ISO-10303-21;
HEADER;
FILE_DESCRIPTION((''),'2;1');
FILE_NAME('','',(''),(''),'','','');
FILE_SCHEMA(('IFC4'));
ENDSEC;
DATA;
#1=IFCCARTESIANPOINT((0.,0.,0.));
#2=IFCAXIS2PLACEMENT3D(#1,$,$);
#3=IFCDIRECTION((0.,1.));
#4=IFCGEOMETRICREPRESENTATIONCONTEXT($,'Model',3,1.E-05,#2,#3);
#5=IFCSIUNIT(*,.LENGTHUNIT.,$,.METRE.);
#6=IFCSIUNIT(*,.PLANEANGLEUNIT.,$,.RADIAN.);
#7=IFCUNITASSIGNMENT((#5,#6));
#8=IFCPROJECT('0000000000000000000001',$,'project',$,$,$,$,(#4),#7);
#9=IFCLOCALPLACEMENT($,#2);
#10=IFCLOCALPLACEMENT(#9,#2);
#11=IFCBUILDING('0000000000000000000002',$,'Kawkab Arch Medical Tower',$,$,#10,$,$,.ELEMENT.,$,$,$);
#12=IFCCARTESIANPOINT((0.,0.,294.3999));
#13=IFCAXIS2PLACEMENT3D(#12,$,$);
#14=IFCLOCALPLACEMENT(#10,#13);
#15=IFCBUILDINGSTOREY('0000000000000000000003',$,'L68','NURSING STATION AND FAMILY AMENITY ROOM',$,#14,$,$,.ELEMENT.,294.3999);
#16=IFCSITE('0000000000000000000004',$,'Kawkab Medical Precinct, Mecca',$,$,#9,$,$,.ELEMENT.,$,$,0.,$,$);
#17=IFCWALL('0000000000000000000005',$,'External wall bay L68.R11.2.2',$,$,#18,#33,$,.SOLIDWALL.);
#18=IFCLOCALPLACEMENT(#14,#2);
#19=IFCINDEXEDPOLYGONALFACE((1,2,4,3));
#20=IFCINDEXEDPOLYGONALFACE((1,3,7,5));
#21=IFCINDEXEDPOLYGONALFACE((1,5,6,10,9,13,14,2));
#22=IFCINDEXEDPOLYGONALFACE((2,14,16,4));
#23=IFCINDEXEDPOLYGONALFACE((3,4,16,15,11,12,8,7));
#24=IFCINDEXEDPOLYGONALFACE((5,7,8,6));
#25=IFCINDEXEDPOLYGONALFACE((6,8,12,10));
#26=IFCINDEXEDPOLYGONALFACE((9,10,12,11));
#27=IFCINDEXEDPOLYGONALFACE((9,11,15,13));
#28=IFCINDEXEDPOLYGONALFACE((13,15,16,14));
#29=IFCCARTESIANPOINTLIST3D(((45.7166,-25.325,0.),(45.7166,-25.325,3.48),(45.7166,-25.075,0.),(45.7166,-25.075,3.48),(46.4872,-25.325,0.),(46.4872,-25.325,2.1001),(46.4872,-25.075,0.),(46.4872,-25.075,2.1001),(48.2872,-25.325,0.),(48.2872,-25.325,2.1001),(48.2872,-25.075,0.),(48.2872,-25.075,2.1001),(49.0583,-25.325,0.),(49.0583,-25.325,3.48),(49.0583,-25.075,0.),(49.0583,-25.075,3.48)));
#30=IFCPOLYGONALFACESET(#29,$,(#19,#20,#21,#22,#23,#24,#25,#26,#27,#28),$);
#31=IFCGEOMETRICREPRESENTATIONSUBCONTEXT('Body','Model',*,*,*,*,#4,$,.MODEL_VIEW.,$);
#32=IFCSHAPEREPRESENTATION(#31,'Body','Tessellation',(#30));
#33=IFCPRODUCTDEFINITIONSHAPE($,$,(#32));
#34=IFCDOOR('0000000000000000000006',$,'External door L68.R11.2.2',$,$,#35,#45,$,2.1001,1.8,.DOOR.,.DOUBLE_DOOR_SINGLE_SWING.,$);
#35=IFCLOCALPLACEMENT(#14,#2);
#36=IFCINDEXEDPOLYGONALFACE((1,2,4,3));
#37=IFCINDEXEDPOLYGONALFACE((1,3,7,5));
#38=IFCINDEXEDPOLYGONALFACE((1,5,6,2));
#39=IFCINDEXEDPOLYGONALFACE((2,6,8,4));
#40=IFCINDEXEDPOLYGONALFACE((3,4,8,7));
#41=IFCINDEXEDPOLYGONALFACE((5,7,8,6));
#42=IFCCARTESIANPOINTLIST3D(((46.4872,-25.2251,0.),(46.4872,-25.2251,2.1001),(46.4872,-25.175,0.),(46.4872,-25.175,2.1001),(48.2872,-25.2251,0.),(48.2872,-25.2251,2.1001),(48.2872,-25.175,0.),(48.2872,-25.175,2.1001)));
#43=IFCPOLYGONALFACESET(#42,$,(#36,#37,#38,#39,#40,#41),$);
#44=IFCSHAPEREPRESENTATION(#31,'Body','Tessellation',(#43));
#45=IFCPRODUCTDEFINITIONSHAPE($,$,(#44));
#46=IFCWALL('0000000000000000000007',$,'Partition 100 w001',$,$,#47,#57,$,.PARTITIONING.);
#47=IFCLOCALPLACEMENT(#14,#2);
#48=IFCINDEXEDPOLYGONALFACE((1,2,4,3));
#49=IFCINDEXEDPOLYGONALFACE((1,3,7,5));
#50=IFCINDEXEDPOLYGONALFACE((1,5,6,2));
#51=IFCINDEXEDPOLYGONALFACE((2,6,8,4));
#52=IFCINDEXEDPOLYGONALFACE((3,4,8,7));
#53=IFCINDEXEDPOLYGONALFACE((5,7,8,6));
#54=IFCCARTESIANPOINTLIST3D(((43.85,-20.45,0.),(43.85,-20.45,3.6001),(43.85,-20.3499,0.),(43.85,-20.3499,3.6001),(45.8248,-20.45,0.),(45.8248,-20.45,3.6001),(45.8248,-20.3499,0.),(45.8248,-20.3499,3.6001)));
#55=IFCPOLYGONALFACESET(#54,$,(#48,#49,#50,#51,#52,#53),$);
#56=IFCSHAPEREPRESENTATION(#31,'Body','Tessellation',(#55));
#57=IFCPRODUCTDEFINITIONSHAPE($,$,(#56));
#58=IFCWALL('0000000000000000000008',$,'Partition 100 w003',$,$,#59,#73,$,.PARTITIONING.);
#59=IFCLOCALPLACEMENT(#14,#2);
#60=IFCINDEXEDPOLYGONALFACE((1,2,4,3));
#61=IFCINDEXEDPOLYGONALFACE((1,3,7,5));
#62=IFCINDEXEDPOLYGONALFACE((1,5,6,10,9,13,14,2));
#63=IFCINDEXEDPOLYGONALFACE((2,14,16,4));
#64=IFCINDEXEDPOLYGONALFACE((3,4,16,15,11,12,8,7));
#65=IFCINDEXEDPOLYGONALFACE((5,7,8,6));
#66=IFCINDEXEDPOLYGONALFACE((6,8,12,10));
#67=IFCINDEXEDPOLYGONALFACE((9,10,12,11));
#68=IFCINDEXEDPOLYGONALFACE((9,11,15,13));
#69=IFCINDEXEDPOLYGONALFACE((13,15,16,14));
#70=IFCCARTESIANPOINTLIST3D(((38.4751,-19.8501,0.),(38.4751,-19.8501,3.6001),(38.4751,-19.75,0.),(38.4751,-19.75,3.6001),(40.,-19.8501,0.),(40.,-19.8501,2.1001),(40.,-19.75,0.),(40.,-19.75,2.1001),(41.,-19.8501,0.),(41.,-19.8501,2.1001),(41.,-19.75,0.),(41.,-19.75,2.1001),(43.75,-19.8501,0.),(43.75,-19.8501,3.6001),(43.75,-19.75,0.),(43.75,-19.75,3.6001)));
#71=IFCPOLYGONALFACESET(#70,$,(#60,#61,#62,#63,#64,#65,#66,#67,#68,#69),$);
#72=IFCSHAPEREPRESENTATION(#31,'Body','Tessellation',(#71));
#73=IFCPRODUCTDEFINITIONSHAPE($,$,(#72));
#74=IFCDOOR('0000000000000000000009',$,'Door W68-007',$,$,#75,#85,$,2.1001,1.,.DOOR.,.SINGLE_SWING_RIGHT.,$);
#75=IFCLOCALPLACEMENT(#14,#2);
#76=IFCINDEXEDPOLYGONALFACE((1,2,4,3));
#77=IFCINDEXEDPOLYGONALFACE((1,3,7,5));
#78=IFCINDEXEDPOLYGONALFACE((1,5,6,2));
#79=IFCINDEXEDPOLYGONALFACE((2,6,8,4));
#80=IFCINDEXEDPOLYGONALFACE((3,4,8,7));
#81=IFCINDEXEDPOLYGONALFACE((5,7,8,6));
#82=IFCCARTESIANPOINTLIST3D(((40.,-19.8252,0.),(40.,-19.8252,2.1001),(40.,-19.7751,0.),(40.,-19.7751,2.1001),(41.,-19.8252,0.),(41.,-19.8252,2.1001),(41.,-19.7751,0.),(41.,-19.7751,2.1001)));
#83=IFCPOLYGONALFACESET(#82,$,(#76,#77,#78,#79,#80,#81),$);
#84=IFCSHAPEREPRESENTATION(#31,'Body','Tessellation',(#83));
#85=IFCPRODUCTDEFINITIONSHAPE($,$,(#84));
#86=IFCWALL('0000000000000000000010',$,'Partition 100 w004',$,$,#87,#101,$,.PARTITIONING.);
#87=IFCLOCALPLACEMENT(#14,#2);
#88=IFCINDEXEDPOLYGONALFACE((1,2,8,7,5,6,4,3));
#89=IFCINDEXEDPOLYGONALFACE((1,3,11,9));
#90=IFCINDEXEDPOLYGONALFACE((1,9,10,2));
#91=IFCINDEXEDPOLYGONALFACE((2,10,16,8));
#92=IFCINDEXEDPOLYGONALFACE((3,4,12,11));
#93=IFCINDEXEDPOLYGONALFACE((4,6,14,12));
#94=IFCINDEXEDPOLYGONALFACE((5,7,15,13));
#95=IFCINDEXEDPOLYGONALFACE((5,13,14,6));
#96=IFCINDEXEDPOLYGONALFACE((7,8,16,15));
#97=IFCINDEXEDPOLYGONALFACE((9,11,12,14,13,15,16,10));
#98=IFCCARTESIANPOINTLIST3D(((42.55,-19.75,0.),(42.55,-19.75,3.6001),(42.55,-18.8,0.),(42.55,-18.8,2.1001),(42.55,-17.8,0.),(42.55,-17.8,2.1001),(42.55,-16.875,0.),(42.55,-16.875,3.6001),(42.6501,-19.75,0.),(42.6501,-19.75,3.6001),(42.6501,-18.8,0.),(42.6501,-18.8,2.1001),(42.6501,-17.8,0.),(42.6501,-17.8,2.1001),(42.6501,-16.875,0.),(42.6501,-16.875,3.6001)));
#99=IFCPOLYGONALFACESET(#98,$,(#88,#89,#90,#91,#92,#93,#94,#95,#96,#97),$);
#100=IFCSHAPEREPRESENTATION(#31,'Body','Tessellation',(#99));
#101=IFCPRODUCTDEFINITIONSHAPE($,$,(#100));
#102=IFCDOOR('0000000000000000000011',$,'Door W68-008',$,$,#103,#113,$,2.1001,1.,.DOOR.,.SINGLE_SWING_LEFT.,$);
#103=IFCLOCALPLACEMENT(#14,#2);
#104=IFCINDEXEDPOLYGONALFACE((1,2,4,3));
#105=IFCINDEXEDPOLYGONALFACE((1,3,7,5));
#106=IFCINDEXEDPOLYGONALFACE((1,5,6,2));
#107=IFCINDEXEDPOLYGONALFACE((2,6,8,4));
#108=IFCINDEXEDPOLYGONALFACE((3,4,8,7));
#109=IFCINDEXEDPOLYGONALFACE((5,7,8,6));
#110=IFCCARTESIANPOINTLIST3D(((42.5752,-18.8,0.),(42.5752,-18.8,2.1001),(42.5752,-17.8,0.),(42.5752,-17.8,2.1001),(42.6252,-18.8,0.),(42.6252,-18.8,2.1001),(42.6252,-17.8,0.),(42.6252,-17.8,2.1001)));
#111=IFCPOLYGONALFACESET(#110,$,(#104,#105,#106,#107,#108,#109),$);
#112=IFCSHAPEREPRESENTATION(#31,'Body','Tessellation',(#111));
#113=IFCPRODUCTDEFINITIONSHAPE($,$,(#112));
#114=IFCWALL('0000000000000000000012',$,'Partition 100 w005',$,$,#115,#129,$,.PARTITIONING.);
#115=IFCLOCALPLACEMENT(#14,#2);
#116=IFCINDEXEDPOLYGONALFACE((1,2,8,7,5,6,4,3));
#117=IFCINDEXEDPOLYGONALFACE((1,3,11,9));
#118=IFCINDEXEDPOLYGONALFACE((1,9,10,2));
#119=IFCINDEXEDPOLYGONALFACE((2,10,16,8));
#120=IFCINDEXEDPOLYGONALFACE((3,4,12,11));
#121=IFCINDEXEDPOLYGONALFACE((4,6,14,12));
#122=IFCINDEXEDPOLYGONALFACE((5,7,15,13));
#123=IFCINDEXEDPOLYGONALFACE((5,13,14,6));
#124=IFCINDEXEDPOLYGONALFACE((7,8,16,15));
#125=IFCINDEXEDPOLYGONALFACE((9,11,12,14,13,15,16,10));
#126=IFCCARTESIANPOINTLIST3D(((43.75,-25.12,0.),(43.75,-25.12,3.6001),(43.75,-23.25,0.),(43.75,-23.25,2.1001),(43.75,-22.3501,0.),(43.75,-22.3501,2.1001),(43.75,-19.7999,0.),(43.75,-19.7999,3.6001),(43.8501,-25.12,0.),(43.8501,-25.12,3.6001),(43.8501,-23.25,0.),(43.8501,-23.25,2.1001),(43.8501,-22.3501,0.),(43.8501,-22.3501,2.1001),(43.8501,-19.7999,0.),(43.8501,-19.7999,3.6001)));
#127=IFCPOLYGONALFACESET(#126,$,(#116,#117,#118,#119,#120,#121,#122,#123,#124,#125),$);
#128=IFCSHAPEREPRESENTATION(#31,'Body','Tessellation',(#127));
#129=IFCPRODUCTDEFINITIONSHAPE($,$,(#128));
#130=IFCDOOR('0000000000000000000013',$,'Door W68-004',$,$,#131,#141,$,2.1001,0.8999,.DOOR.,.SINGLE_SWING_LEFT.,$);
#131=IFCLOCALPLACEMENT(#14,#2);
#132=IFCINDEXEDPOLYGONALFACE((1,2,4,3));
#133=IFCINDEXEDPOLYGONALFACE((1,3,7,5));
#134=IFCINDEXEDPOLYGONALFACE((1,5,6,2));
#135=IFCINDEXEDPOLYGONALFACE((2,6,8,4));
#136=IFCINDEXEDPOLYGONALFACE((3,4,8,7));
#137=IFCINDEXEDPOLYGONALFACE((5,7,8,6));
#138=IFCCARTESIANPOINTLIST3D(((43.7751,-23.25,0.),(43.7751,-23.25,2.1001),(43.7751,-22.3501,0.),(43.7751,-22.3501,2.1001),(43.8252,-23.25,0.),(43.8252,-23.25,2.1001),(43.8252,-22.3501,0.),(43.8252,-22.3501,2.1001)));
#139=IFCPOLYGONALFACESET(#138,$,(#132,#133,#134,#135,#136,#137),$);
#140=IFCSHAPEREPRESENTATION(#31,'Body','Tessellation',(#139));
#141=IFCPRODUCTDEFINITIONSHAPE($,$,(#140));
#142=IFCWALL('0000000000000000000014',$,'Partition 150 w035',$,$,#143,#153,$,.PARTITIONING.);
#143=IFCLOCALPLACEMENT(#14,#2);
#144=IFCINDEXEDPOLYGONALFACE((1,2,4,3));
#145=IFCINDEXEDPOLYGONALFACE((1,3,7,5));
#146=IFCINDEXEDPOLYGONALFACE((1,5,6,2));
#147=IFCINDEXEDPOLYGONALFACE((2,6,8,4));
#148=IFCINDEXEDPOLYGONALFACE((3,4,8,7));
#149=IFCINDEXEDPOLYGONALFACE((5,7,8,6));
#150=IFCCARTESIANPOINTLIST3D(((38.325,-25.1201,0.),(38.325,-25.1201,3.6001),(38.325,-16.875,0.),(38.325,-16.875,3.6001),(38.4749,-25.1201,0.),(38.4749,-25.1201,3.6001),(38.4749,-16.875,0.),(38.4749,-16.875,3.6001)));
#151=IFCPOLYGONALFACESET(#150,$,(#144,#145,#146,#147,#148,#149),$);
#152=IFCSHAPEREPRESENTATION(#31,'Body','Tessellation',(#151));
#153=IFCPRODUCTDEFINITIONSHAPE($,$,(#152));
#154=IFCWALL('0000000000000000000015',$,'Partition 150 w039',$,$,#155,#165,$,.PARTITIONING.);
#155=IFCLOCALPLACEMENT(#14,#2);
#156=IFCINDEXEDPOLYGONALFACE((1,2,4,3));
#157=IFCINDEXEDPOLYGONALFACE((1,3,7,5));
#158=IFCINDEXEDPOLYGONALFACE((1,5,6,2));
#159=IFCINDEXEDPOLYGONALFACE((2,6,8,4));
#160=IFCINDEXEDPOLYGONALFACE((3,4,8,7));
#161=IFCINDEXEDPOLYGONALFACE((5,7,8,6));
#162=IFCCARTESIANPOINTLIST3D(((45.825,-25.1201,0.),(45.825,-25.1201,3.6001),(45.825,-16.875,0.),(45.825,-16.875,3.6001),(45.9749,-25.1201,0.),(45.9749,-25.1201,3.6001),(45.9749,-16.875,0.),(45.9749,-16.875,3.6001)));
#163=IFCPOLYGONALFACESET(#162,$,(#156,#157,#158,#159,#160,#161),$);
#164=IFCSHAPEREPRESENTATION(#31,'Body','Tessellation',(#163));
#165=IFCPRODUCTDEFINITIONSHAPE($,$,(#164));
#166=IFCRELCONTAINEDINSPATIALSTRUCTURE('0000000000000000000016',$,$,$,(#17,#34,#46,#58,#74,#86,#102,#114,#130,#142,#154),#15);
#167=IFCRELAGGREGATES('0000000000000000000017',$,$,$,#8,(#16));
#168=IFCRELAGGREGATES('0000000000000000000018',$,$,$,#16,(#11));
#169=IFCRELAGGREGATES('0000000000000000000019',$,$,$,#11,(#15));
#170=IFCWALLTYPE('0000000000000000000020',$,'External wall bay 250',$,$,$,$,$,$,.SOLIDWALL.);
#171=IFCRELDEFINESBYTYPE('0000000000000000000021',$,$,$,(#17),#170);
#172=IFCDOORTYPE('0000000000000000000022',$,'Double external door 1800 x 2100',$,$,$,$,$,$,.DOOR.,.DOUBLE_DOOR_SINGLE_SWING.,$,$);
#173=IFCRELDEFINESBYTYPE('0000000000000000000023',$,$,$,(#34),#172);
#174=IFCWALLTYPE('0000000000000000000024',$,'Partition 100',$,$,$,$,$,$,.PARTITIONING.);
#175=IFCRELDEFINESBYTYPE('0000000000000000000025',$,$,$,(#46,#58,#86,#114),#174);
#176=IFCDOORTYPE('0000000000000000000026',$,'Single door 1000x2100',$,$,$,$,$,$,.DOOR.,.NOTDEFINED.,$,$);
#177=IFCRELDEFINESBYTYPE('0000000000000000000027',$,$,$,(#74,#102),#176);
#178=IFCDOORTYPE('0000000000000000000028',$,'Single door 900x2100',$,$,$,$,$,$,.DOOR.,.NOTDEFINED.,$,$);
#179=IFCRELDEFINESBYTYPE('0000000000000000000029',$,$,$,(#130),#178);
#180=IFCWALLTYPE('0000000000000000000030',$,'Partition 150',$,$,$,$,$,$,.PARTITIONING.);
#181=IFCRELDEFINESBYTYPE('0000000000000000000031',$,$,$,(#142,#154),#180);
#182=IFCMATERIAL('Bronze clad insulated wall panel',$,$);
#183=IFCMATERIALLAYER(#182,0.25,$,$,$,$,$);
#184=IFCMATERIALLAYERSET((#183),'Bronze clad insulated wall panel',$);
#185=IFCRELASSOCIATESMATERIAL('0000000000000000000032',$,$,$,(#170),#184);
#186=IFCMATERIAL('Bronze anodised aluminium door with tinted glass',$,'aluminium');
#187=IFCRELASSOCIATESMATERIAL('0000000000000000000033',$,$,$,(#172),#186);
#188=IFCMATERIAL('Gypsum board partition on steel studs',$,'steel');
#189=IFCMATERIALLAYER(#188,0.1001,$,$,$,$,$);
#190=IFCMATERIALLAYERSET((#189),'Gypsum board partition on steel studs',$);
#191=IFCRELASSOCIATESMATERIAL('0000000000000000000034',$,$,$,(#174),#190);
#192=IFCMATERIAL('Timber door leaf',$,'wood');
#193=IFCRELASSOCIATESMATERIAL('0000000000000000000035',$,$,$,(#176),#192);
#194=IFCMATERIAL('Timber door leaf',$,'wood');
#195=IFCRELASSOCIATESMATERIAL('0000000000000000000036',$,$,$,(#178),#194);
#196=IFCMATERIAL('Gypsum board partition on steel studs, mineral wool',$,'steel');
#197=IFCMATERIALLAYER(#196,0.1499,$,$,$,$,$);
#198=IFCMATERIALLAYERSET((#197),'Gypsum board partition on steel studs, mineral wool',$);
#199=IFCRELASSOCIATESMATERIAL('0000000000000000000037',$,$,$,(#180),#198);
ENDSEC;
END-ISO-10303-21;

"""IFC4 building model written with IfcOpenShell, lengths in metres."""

from ifc_helpers import new_model, si_unit, direction, frame, frame_2d, origin, place, context, subcontext, project, spatial, rectangle, extrude, material, layer, layer_set, type_object, element, fill, save


model = new_model("IFC4")

# Units and contexts
model_context = context("Model", 3, precision=1e-05, world=origin(), true_north=direction((0.0, 1.0)))
body_context = subcontext(model_context, "Body", "Model", "MODEL_VIEW")
ifc_project = project(units=[si_unit("LENGTHUNIT", "METRE"), si_unit("PLANEANGLEUNIT", "RADIAN")], contexts=[model_context])

# Site, building, storey
site_placement = place(None, origin())
site = spatial("IfcSite", under=ifc_project, at=site_placement, Name="Kawkab Medical Precinct, Mecca", CompositionType="ELEMENT", RefElevation=0.0)
building_placement = place(site_placement, origin())
building = spatial("IfcBuilding", under=site, at=building_placement, Name="Kawkab Arch Medical Tower", CompositionType="ELEMENT")
storey_placement = place(building_placement, frame((0.0, 0.0, 294.3999)))
storey = spatial("IfcBuildingStorey", under=building, at=storey_placement, Name="L68", Description="NURSING STATION AND FAMILY AMENITY ROOM", CompositionType="ELEMENT", Elevation=294.3999)

# Wall, opening, door
ifc_material_1 = material(Name="Bronze clad insulated wall panel")
ifc_layer_1 = layer(ifc_material_1, 0.25)
ifc_layer_set_1 = layer_set([ifc_layer_1], Name="Bronze clad insulated wall panel")
wall_type_1 = type_object("IfcWallType", Name="External wall bay 250", PredefinedType="SOLIDWALL", material=ifc_layer_set_1)
wall_1_placement = place(storey_placement, frame((45.7166, -25.2, 0.0), z_axis=(0.0, 0.0, 1.0), x_axis=(1.0, 0.0, 0.0)))
wall_1 = element("IfcWall", 1, at=wall_1_placement, inside=storey, type_object=wall_type_1, Name="External wall bay L68.R11.2.2", PredefinedType="SOLIDWALL", context=body_context, shape_type="SweptSolid", body=[
    extrude(rectangle(XDim=3.3418, YDim=0.25, at=frame_2d((1.6709, 0.0))), origin(), (0.0, 0.0, 1.0), 3.48),
])
opening_1_placement = place(wall_1_placement, frame((0.7708, 0.0, 0.0)))
opening_1 = element("IfcOpeningElement", 2, at=opening_1_placement, cuts=wall_1, PredefinedType="OPENING", context=body_context, shape_type="SweptSolid", body=[
    extrude(rectangle(XDim=1.8, YDim=2.1001, at=frame_2d((0.8999, 1.05))), frame((0.0, 0.135, 0.0), z_axis=(0.0, -1.0, 0.0), x_axis=(1.0, 0.0, 0.0)), (0.0, 0.0, 1.0), 0.27),
])
ifc_material_2 = material(Name="Bronze anodised aluminium door with tinted glass", Category="aluminium")
door_type_1 = type_object("IfcDoorType", Name="Double external door 1800 x 2100", OperationType="DOUBLE_DOOR_SINGLE_SWING", PredefinedType="DOOR", material=ifc_material_2)
door_1_placement = place(opening_1_placement, origin())
door_1 = element("IfcDoor", 3, at=door_1_placement, inside=storey, type_object=door_type_1, Name="External door L68.R11.2.2", OperationType="DOUBLE_DOOR_SINGLE_SWING", OverallHeight=2.1001, OverallWidth=1.8, PredefinedType="DOOR", context=body_context, shape_type="SweptSolid", body=[
    extrude(rectangle(XDim=1.8, YDim=2.1001, at=frame_2d((0.8999, 1.05))), frame((0.0, 0.0249, 0.0), z_axis=(0.0, -1.0, 0.0), x_axis=(1.0, 0.0, 0.0)), (0.0, 0.0, 1.0), 0.05),
])
fill(opening_1, door_1)

# Wall
ifc_material_3 = material(Name="Gypsum board partition on steel studs", Category="steel")
ifc_layer_2 = layer(ifc_material_3, 0.1001)
ifc_layer_set_2 = layer_set([ifc_layer_2], Name="Gypsum board partition on steel studs")
wall_type_2 = type_object("IfcWallType", Name="Partition 100", PredefinedType="PARTITIONING", material=ifc_layer_set_2)
wall_2_placement = place(storey_placement, frame((43.8501, -20.3999, 0.0), z_axis=(0.0, 0.0, 1.0), x_axis=(1.0, 0.0, 0.0)))
element("IfcWall", 4, at=wall_2_placement, inside=storey, type_object=wall_type_2, Name="Partition 100 w001", PredefinedType="PARTITIONING", context=body_context, shape_type="SweptSolid", body=[
    extrude(rectangle(XDim=1.9749, YDim=0.1001, at=frame_2d((0.9873, 0.0))), origin(), (0.0, 0.0, 1.0), 3.6001),
])

# Walls, openings, doors
wall_3_placement = place(storey_placement, frame((38.4751, -19.8, 0.0), z_axis=(0.0, 0.0, 1.0), x_axis=(1.0, 0.0, 0.0)))
wall_3 = element("IfcWall", 5, at=wall_3_placement, inside=storey, type_object=wall_type_2, Name="Partition 100 w003", PredefinedType="PARTITIONING", context=body_context, shape_type="SweptSolid", body=[
    extrude(rectangle(XDim=5.2749, YDim=0.1001, at=frame_2d((2.6375, 0.0))), origin(), (0.0, 0.0, 1.0), 3.6001),
])
opening_2_placement = place(wall_3_placement, frame((1.5249, 0.0, 0.0)))
opening_2 = element("IfcOpeningElement", 6, at=opening_2_placement, cuts=wall_3, PredefinedType="OPENING", context=body_context, shape_type="SweptSolid", body=[
    extrude(rectangle(XDim=1.0, YDim=2.1001, at=frame_2d((0.5, 1.05))), frame((0.0, 0.0601, 0.0), z_axis=(0.0, -1.0, 0.0), x_axis=(1.0, 0.0, 0.0)), (0.0, 0.0, 1.0), 0.1201),
])
ifc_material_4 = material(Name="Timber door leaf", Category="wood")
door_type_2 = type_object("IfcDoorType", Name="Single door 1000x2100", OperationType="NOTDEFINED", PredefinedType="DOOR", material=ifc_material_4)
door_2_placement = place(opening_2_placement, origin())
door_2 = element("IfcDoor", 7, at=door_2_placement, inside=storey, type_object=door_type_2, Name="Door W68-007", OperationType="SINGLE_SWING_RIGHT", OverallHeight=2.1001, OverallWidth=1.0, PredefinedType="DOOR", context=body_context, shape_type="SweptSolid", body=[
    extrude(rectangle(XDim=1.0, YDim=2.1001, at=frame_2d((0.5, 1.05))), frame((0.0, 0.0249, 0.0), z_axis=(0.0, -1.0, 0.0), x_axis=(1.0, 0.0, 0.0)), (0.0, 0.0, 1.0), 0.05),
])
fill(opening_2, door_2)
wall_4_placement = place(storey_placement, frame((42.6001, -19.75, 0.0), z_axis=(0.0, 0.0, 1.0), x_axis=(0.0, 1.0, 0.0)))
wall_4 = element("IfcWall", 8, at=wall_4_placement, inside=storey, type_object=wall_type_2, Name="Partition 100 w004", PredefinedType="PARTITIONING", context=body_context, shape_type="SweptSolid", body=[
    extrude(rectangle(XDim=2.875, YDim=0.1001, at=frame_2d((1.4375, 0.0))), origin(), (0.0, 0.0, 1.0), 3.6001),
])
opening_3_placement = place(wall_4_placement, frame((0.95, 0.0, 0.0)))
opening_3 = element("IfcOpeningElement", 9, at=opening_3_placement, cuts=wall_4, PredefinedType="OPENING", context=body_context, shape_type="SweptSolid", body=[
    extrude(rectangle(XDim=1.0, YDim=2.1001, at=frame_2d((0.5, 1.05))), frame((0.0, 0.0601, 0.0), z_axis=(0.0, -1.0, 0.0), x_axis=(1.0, 0.0, 0.0)), (0.0, 0.0, 1.0), 0.1201),
])
door_3_placement = place(opening_3_placement, origin())
door_3 = element("IfcDoor", 10, at=door_3_placement, inside=storey, type_object=door_type_2, Name="Door W68-008", OperationType="SINGLE_SWING_LEFT", OverallHeight=2.1001, OverallWidth=1.0, PredefinedType="DOOR", context=body_context, shape_type="SweptSolid", body=[
    extrude(rectangle(XDim=1.0, YDim=2.1001, at=frame_2d((0.5, 1.05))), frame((0.0, 0.0249, 0.0), z_axis=(0.0, -1.0, 0.0), x_axis=(1.0, 0.0, 0.0)), (0.0, 0.0, 1.0), 0.05),
])
fill(opening_3, door_3)
wall_5_placement = place(storey_placement, frame((43.8, -25.1201, 0.0), z_axis=(0.0, 0.0, 1.0), x_axis=(0.0, 1.0, 0.0)))
wall_5 = element("IfcWall", 11, at=wall_5_placement, inside=storey, type_object=wall_type_2, Name="Partition 100 w005", PredefinedType="PARTITIONING", context=body_context, shape_type="SweptSolid", body=[
    extrude(rectangle(XDim=5.3201, YDim=0.1001, at=frame_2d((2.6602, 0.0))), origin(), (0.0, 0.0, 1.0), 3.6001),
])
opening_4_placement = place(wall_5_placement, frame((1.8701, 0.0, 0.0)))
opening_4 = element("IfcOpeningElement", 12, at=opening_4_placement, cuts=wall_5, PredefinedType="OPENING", context=body_context, shape_type="SweptSolid", body=[
    extrude(rectangle(XDim=0.8999, YDim=2.1001, at=frame_2d((0.45, 1.05))), frame((0.0, 0.0601, 0.0), z_axis=(0.0, -1.0, 0.0), x_axis=(1.0, 0.0, 0.0)), (0.0, 0.0, 1.0), 0.1201),
])
ifc_material_5 = material(Name="Timber door leaf", Category="wood")
door_type_3 = type_object("IfcDoorType", Name="Single door 900x2100", OperationType="NOTDEFINED", PredefinedType="DOOR", material=ifc_material_5)
door_4_placement = place(opening_4_placement, origin())
door_4 = element("IfcDoor", 13, at=door_4_placement, inside=storey, type_object=door_type_3, Name="Door W68-004", OperationType="SINGLE_SWING_LEFT", OverallHeight=2.1001, OverallWidth=0.8999, PredefinedType="DOOR", context=body_context, shape_type="SweptSolid", body=[
    extrude(rectangle(XDim=0.8999, YDim=2.1001, at=frame_2d((0.45, 1.05))), frame((0.0, 0.0249, 0.0), z_axis=(0.0, -1.0, 0.0), x_axis=(1.0, 0.0, 0.0)), (0.0, 0.0, 1.0), 0.05),
])
fill(opening_4, door_4)

# Walls
ifc_material_6 = material(Name="Gypsum board partition on steel studs, mineral wool", Category="steel")
ifc_layer_3 = layer(ifc_material_6, 0.1499)
ifc_layer_set_3 = layer_set([ifc_layer_3], Name="Gypsum board partition on steel studs, mineral wool")
wall_type_3 = type_object("IfcWallType", Name="Partition 150", PredefinedType="PARTITIONING", material=ifc_layer_set_3)
for number, where, z_axis, x_axis, name in (
    (14, (38.3999, -25.1201, 0.0), (0.0, 0.0, 1.0), (0.0, 1.0, 0.0), "Partition 150 w035"),
    (15, (45.8999, -25.1201, 0.0), (0.0, 0.0, 1.0), (0.0, 1.0, 0.0), "Partition 150 w039"),
):
    element("IfcWall", number, at=place(storey_placement, frame(where, z_axis=z_axis, x_axis=x_axis)), inside=storey, type_object=wall_type_3, Name=name, PredefinedType="PARTITIONING", context=body_context, shape_type="SweptSolid", body=[
        extrude(rectangle(XDim=8.2451, YDim=0.1499, at=frame_2d((4.1226, 0.0))), origin(), (0.0, 0.0, 1.0), 3.6001),
    ])

save(model, "model.ifc")
